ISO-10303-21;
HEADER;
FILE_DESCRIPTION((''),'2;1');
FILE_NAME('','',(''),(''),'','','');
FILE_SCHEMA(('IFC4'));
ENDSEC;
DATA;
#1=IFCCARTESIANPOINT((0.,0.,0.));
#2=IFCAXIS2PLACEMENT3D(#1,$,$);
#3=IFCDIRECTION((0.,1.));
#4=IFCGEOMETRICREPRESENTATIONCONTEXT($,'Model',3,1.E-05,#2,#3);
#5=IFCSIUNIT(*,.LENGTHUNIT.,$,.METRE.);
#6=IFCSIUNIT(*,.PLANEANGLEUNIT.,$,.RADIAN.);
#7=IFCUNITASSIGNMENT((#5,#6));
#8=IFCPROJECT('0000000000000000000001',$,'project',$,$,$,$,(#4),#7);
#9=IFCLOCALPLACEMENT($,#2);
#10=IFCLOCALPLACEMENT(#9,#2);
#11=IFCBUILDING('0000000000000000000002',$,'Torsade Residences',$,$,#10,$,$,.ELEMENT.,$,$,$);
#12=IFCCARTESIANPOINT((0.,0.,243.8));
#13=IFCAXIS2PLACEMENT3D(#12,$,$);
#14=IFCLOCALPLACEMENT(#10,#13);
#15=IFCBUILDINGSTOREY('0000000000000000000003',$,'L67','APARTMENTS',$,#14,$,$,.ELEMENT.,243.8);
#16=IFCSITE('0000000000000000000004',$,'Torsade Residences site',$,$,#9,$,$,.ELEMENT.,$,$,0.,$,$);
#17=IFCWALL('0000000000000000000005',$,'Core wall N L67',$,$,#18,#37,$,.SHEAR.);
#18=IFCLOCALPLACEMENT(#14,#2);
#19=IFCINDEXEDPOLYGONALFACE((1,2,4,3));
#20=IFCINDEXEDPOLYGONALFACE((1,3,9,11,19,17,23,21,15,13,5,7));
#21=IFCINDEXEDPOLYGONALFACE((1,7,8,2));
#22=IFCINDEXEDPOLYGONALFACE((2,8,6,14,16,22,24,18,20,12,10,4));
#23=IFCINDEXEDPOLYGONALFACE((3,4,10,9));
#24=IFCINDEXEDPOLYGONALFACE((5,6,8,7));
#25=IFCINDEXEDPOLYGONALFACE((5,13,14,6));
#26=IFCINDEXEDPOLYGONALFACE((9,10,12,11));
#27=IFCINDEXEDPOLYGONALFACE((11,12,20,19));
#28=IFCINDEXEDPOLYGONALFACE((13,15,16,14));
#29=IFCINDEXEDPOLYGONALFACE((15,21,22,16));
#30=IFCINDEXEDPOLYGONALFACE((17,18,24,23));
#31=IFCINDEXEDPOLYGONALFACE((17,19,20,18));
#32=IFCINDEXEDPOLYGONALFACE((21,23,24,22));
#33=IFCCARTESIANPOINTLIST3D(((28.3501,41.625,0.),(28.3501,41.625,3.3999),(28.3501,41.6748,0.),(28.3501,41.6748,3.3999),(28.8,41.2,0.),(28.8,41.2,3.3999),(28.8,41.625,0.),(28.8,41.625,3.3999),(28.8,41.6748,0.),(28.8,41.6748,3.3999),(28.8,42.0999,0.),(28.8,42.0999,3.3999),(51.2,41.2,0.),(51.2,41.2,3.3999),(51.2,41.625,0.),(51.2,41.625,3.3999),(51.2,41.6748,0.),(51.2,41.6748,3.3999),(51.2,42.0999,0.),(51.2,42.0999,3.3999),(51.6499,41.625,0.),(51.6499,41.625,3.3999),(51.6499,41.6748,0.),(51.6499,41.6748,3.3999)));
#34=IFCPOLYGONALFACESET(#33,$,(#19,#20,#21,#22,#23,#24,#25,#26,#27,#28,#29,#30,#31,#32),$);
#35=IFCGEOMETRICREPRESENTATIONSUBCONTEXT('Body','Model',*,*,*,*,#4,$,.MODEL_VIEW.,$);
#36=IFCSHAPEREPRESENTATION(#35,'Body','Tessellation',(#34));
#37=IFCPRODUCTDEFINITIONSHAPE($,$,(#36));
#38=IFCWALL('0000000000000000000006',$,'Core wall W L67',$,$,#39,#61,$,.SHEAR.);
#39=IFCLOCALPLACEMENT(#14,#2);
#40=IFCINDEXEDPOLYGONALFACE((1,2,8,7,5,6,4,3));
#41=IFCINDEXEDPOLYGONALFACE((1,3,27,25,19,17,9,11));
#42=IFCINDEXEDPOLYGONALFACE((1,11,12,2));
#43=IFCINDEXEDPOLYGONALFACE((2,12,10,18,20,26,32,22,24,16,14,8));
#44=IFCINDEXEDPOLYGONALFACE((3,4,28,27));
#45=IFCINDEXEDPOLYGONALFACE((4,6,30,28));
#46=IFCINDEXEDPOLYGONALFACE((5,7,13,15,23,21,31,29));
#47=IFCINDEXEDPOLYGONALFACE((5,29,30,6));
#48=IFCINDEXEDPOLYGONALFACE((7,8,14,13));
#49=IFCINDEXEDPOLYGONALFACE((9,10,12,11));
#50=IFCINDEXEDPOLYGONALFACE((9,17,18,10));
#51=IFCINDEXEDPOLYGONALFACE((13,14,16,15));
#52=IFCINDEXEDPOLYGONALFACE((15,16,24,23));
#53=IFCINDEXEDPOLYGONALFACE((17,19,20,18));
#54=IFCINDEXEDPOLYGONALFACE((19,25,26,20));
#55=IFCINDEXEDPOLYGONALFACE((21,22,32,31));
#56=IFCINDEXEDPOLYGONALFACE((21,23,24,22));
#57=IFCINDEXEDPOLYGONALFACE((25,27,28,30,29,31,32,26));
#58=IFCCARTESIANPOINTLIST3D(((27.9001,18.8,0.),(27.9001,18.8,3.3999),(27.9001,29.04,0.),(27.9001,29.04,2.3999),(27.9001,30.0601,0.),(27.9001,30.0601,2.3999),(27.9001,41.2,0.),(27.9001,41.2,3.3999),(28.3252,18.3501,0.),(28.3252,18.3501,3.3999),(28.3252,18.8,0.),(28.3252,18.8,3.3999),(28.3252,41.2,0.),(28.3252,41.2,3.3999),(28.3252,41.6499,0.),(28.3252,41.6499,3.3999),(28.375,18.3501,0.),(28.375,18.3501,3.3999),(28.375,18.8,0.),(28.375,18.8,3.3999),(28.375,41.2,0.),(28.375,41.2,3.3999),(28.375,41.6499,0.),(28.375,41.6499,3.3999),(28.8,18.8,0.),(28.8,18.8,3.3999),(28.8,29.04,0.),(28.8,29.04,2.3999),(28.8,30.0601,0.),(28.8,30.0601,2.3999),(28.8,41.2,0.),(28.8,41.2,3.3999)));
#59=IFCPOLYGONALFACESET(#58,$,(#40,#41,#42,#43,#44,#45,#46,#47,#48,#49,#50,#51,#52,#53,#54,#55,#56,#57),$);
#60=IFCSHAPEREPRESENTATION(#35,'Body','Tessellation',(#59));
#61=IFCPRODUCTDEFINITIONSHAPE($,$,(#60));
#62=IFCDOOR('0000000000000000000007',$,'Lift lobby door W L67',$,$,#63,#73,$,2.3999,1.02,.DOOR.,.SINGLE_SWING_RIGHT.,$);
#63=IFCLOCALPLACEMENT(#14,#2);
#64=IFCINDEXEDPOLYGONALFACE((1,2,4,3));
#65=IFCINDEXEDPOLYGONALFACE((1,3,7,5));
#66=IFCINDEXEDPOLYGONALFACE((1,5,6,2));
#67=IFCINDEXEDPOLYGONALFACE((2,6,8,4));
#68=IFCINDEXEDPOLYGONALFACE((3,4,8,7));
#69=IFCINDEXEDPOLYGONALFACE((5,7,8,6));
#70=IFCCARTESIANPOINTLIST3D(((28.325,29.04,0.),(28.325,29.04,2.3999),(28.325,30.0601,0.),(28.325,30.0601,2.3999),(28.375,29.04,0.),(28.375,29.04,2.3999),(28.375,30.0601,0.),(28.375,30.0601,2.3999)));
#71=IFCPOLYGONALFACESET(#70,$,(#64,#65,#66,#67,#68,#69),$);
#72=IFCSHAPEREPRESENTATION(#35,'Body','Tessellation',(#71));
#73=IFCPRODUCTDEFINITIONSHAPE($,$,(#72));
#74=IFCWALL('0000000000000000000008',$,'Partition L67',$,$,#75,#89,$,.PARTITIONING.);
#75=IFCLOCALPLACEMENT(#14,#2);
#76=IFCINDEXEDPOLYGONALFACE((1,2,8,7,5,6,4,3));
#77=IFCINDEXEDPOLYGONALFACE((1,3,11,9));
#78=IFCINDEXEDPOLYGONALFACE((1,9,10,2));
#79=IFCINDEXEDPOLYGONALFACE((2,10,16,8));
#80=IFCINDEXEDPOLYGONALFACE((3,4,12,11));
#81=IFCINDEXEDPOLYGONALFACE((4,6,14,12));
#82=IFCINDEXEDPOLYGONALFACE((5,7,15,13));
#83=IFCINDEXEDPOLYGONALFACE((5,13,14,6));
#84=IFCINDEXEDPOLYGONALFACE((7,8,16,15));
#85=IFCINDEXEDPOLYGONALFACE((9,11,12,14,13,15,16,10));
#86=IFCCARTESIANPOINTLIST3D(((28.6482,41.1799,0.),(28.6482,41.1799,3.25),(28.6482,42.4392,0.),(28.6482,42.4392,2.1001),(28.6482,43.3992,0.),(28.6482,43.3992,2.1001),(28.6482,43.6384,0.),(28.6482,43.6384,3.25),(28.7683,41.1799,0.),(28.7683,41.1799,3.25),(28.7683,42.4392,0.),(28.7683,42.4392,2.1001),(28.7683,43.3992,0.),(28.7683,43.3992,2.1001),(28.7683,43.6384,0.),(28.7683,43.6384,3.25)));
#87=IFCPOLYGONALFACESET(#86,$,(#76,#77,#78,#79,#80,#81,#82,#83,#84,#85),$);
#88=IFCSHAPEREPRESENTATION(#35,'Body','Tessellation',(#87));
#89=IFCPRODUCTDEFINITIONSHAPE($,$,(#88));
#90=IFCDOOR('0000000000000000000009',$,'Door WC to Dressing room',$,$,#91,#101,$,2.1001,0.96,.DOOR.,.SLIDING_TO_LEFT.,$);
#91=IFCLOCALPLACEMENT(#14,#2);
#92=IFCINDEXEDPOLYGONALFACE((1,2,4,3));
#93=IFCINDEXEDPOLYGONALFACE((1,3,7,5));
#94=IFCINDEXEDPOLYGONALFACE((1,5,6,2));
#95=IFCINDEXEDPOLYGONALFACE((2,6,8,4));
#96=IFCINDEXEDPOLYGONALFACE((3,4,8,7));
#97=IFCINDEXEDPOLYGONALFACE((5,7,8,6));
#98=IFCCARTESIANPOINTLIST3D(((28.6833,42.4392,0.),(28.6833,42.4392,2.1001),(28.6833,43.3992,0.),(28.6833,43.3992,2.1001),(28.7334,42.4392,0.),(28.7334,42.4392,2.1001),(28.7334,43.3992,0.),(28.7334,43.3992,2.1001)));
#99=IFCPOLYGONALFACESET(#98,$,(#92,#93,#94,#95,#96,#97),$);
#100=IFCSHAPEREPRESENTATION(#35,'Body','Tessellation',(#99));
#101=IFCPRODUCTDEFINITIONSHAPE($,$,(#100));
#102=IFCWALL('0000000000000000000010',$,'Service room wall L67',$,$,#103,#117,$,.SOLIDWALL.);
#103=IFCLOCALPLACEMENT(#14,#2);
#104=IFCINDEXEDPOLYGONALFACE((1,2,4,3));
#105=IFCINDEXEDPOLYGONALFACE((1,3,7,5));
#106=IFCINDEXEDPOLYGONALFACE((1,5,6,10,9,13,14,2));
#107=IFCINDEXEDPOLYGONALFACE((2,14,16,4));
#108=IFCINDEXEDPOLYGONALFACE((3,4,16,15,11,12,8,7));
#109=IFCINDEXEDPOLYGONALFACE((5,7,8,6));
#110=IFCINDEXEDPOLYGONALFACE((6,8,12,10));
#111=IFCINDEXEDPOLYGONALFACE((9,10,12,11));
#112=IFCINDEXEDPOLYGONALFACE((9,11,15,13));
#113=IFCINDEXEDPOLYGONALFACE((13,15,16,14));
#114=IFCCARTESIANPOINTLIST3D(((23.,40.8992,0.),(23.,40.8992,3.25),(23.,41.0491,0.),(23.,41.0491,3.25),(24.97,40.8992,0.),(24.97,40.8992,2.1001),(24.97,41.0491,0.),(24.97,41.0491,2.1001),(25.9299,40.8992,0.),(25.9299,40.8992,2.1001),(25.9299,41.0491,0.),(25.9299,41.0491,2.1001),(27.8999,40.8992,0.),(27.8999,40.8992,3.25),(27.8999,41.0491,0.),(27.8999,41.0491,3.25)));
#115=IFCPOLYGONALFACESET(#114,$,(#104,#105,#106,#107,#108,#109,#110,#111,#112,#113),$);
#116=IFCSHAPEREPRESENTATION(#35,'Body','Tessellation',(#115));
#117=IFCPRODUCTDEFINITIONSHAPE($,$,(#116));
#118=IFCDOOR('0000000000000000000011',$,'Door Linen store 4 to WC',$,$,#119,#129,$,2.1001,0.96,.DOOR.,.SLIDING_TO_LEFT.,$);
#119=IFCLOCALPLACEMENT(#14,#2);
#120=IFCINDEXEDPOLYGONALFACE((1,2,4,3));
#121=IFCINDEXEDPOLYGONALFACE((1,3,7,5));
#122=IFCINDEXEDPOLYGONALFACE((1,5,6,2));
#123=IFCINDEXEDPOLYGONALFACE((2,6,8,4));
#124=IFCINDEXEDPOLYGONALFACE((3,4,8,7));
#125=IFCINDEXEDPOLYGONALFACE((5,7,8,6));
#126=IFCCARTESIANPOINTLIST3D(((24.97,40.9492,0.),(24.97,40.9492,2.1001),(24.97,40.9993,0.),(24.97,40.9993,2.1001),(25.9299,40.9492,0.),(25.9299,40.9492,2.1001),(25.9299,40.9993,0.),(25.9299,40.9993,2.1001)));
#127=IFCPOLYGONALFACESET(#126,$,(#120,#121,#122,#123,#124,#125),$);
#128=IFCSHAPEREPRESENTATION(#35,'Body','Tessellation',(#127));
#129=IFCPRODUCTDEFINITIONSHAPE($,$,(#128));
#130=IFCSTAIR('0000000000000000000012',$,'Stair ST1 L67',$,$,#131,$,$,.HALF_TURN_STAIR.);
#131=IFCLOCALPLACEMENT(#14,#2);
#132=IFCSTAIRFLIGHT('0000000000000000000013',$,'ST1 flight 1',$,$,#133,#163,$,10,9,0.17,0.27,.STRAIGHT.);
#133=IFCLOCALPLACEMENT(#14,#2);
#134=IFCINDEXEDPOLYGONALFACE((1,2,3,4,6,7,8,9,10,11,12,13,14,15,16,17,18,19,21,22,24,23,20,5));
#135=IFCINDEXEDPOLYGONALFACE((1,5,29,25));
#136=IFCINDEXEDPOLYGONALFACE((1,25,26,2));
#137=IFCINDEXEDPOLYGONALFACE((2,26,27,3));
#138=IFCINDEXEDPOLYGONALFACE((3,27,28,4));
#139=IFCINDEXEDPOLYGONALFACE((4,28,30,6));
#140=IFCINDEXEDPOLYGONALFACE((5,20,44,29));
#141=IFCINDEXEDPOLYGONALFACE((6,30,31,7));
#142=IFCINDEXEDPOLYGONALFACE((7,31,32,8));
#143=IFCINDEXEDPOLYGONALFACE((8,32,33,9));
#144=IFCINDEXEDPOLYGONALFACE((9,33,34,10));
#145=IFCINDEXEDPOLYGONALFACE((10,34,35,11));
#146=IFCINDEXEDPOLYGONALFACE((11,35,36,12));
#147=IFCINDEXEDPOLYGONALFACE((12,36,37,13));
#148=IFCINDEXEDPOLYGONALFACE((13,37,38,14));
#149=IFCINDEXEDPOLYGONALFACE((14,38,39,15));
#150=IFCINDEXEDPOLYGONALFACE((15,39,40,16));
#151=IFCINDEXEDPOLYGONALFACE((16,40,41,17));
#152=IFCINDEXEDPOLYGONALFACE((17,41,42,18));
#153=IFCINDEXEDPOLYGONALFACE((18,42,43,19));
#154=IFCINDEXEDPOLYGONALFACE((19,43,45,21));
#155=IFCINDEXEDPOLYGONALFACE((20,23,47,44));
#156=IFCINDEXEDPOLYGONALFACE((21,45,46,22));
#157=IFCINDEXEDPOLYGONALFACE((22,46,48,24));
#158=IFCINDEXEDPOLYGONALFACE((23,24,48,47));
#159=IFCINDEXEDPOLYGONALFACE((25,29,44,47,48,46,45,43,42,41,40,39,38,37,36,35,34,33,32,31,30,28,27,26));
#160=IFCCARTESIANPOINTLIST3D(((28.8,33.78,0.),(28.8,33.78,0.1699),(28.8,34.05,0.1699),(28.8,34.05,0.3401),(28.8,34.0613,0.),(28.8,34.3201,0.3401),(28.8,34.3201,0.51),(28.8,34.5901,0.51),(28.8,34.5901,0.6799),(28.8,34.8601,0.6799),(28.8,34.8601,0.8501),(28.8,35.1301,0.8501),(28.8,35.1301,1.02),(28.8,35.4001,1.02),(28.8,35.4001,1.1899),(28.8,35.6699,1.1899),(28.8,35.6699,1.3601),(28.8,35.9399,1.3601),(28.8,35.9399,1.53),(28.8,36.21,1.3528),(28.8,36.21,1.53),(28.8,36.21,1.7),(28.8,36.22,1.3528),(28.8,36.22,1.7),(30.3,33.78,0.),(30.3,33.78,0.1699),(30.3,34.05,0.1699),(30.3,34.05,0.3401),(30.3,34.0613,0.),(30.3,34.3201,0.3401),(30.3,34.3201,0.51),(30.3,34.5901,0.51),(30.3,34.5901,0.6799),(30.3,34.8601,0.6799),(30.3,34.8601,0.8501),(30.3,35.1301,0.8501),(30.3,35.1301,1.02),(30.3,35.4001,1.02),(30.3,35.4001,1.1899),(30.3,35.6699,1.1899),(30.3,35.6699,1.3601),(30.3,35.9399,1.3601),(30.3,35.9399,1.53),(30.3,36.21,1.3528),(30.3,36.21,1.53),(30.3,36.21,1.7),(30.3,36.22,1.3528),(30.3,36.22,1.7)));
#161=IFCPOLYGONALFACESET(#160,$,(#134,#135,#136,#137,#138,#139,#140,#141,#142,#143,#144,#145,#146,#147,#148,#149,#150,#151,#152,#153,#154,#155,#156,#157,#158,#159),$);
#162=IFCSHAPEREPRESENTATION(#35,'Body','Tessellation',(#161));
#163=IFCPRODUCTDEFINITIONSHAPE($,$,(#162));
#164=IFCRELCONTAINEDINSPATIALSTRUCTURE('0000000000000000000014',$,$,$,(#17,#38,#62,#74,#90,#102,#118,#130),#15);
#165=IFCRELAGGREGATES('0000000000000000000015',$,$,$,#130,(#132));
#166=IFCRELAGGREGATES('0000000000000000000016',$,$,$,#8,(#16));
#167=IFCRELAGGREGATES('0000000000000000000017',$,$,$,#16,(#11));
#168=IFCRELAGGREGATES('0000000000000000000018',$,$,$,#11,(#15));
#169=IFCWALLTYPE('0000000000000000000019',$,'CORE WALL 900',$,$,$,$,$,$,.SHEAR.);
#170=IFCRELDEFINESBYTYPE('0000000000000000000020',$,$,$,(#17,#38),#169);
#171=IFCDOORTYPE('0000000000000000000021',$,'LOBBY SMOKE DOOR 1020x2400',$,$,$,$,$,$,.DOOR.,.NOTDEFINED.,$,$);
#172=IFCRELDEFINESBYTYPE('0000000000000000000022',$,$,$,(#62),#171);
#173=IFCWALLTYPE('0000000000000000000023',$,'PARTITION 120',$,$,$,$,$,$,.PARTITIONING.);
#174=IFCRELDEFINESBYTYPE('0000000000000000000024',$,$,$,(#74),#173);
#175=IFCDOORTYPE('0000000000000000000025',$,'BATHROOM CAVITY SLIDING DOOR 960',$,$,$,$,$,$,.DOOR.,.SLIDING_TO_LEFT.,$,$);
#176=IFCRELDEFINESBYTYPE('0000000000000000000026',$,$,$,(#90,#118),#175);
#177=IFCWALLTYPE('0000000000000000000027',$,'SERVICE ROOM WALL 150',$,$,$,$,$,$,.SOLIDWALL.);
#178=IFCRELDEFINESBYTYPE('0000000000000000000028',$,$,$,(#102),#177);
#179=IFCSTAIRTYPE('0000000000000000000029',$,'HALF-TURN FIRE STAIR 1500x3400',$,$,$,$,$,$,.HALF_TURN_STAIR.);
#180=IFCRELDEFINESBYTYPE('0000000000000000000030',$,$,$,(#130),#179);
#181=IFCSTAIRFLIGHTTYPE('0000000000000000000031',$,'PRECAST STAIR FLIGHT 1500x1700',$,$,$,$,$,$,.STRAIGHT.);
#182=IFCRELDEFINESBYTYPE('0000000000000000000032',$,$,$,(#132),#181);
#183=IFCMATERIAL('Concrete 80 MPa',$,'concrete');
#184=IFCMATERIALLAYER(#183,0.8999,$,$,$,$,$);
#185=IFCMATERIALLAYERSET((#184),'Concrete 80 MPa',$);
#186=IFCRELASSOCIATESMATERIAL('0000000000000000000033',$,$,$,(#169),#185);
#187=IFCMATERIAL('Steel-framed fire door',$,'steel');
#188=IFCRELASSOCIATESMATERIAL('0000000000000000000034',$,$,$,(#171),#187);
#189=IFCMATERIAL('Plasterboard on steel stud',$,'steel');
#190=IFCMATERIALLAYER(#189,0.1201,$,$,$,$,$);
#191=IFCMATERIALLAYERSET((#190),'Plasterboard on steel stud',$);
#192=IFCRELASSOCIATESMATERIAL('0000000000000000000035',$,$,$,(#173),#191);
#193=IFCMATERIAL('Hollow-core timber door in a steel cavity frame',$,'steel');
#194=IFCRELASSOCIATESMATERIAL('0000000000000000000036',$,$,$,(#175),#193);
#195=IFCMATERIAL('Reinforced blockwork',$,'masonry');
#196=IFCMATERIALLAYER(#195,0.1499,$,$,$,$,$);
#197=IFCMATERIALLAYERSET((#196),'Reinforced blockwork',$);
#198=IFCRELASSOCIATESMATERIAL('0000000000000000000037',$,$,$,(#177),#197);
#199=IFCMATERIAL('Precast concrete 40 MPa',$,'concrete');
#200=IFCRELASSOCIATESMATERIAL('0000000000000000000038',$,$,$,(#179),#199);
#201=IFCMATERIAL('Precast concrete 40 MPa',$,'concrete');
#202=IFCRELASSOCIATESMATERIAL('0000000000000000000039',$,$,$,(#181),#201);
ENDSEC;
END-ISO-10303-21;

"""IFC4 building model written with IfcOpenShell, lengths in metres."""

from ifc_helpers import new_model, si_unit, direction, frame, frame_2d, origin, place, context, subcontext, project, spatial, polyline, rectangle, outline, extrude, material, layer, layer_set, type_object, element, fill, aggregate, save


model = new_model("IFC4")

# Units and contexts
model_context = context("Model", 3, precision=1e-05, world=origin(), true_north=direction((0.0, 1.0)))
body_context = subcontext(model_context, "Body", "Model", "MODEL_VIEW")
ifc_project = project(units=[si_unit("LENGTHUNIT", "METRE"), si_unit("PLANEANGLEUNIT", "RADIAN")], contexts=[model_context])

# Site, building, storey
site_placement = place(None, origin())
site = spatial("IfcSite", under=ifc_project, at=site_placement, Name="Torsade Residences site", CompositionType="ELEMENT", RefElevation=0.0)
building_placement = place(site_placement, origin())
building = spatial("IfcBuilding", under=site, at=building_placement, Name="Torsade Residences", CompositionType="ELEMENT")
storey_placement = place(building_placement, frame((0.0, 0.0, 243.8)))
storey = spatial("IfcBuildingStorey", under=building, at=storey_placement, Name="L67", Description="APARTMENTS", CompositionType="ELEMENT", Elevation=243.8)

# Wall
ifc_material_1 = material(Name="Concrete 80 MPa", Category="concrete")
ifc_layer_1 = layer(ifc_material_1, 0.8999)
ifc_layer_set_1 = layer_set([ifc_layer_1], Name="Concrete 80 MPa")
wall_type_1 = type_object("IfcWallType", Name="CORE WALL 900", PredefinedType="SHEAR", material=ifc_layer_set_1)
wall_1_placement = place(storey_placement, frame((28.8, 41.6499, 0.0), z_axis=(0.0, 0.0, 1.0), x_axis=(1.0, 0.0, 0.0)))
element("IfcWall", 1, at=wall_1_placement, inside=storey, type_object=wall_type_1, Name="Core wall N L67", PredefinedType="SHEAR", context=body_context, shape_type="SweptSolid", body=[
    extrude(outline(polyline([(0.0, -0.45), (22.3999, -0.45), (22.3999, -0.0249), (22.8499, -0.0249), (22.8499, 0.0249), (22.3999, 0.0249), (22.3999, 0.45), (0.0, 0.45), (0.0, 0.0249), (-0.45, 0.0249), (-0.45, -0.0249), (0.0, -0.0249), (0.0, -0.45)])), origin(), (0.0, 0.0, 1.0), 3.3999),
])

# Walls, openings, doors
wall_2_placement = place(storey_placement, frame((28.3501, 41.2, 0.0), z_axis=(0.0, 0.0, 1.0), x_axis=(0.0, -1.0, 0.0)))
wall_2 = element("IfcWall", 2, at=wall_2_placement, inside=storey, type_object=wall_type_1, Name="Core wall W L67", PredefinedType="SHEAR", context=body_context, shape_type="SweptSolid", body=[
    extrude(outline(polyline([(0.0, -0.45), (22.3999, -0.45), (22.3999, -0.0249), (22.8499, -0.0249), (22.8499, 0.0249), (22.3999, 0.0249), (22.3999, 0.45), (0.0, 0.45), (0.0, 0.0249), (-0.45, 0.0249), (-0.45, -0.0249), (0.0, -0.0249), (0.0, -0.45)])), origin(), (0.0, 0.0, 1.0), 3.3999),
])
opening_1_placement = place(wall_2_placement, frame((11.1399, 0.0, 0.0)))
opening_1 = element("IfcOpeningElement", 3, at=opening_1_placement, cuts=wall_2, PredefinedType="OPENING", context=body_context, shape_type="SweptSolid", body=[
    extrude(rectangle(XDim=1.02, YDim=2.3999, at=frame_2d((0.51, 1.2))), frame((0.0, 0.46, 0.0), z_axis=(0.0, -1.0, 0.0), x_axis=(1.0, 0.0, 0.0)), (0.0, 0.0, 1.0), 0.9199),
])
ifc_material_2 = material(Name="Steel-framed fire door", Category="steel")
door_type_1 = type_object("IfcDoorType", Name="LOBBY SMOKE DOOR 1020x2400", OperationType="NOTDEFINED", PredefinedType="DOOR", material=ifc_material_2)
door_1_placement = place(opening_1_placement, origin())
door_1 = element("IfcDoor", 4, at=door_1_placement, inside=storey, type_object=door_type_1, Name="Lift lobby door W L67", OperationType="SINGLE_SWING_RIGHT", OverallHeight=2.3999, OverallWidth=1.02, PredefinedType="DOOR", context=body_context, shape_type="SweptSolid", body=[
    extrude(rectangle(XDim=1.02, YDim=2.3999, at=frame_2d((0.51, 1.2))), frame((0.0, 0.0249, 0.0), z_axis=(0.0, -1.0, 0.0), x_axis=(1.0, 0.0, 0.0)), (0.0, 0.0, 1.0), 0.05),
])
fill(opening_1, door_1)
ifc_material_3 = material(Name="Plasterboard on steel stud", Category="steel")
ifc_layer_2 = layer(ifc_material_3, 0.1201)
ifc_layer_set_2 = layer_set([ifc_layer_2], Name="Plasterboard on steel stud")
wall_type_2 = type_object("IfcWallType", Name="PARTITION 120", PredefinedType="PARTITIONING", material=ifc_layer_set_2)
wall_3_placement = place(storey_placement, frame((28.7083, 41.1799, 0.0), z_axis=(0.0, 0.0, 1.0), x_axis=(0.0, 1.0, 0.0)))
wall_3 = element("IfcWall", 5, at=wall_3_placement, inside=storey, type_object=wall_type_2, Name="Partition L67", PredefinedType="PARTITIONING", context=body_context, shape_type="SweptSolid", body=[
    extrude(rectangle(XDim=2.4585, YDim=0.1201, at=frame_2d((1.2292, 0.0))), origin(), (0.0, 0.0, 1.0), 3.25),
])
opening_2_placement = place(wall_3_placement, frame((1.2593, 0.0, 0.0)))
opening_2 = element("IfcOpeningElement", 6, at=opening_2_placement, cuts=wall_3, PredefinedType="OPENING", context=body_context, shape_type="SweptSolid", body=[
    extrude(rectangle(XDim=0.96, YDim=2.1001, at=frame_2d((0.48, 1.05))), frame((0.0, 0.0701, 0.0), z_axis=(0.0, -1.0, 0.0), x_axis=(1.0, 0.0, 0.0)), (0.0, 0.0, 1.0), 0.1401),
])
ifc_material_4 = material(Name="Hollow-core timber door in a steel cavity frame", Category="steel")
door_type_2 = type_object("IfcDoorType", Name="BATHROOM CAVITY SLIDING DOOR 960", OperationType="SLIDING_TO_LEFT", PredefinedType="DOOR", material=ifc_material_4)
door_2_placement = place(opening_2_placement, origin())
door_2 = element("IfcDoor", 7, at=door_2_placement, inside=storey, type_object=door_type_2, Name="Door WC to Dressing room", OperationType="SLIDING_TO_LEFT", OverallHeight=2.1001, OverallWidth=0.96, PredefinedType="DOOR", context=body_context, shape_type="SweptSolid", body=[
    extrude(rectangle(XDim=0.96, YDim=2.1001, at=frame_2d((0.48, 1.05))), frame((0.0, 0.0249, 0.0), z_axis=(0.0, -1.0, 0.0), x_axis=(1.0, 0.0, 0.0)), (0.0, 0.0, 1.0), 0.05),
])
fill(opening_2, door_2)
ifc_material_5 = material(Name="Reinforced blockwork", Category="masonry")
ifc_layer_3 = layer(ifc_material_5, 0.1499)
ifc_layer_set_3 = layer_set([ifc_layer_3], Name="Reinforced blockwork")
wall_type_3 = type_object("IfcWallType", Name="SERVICE ROOM WALL 150", PredefinedType="SOLIDWALL", material=ifc_layer_set_3)
wall_4_placement = place(storey_placement, frame((27.8999, 40.9741, 0.0), z_axis=(0.0, 0.0, 1.0), x_axis=(-1.0, 0.0, 0.0)))
wall_4 = element("IfcWall", 8, at=wall_4_placement, inside=storey, type_object=wall_type_3, Name="Service room wall L67", PredefinedType="SOLIDWALL", context=body_context, shape_type="SweptSolid", body=[
    extrude(rectangle(XDim=4.8999, YDim=0.1499, at=frame_2d((2.45, 0.0))), origin(), (0.0, 0.0, 1.0), 3.25),
])
opening_3_placement = place(wall_4_placement, frame((1.97, 0.0, 0.0)))
opening_3 = element("IfcOpeningElement", 9, at=opening_3_placement, cuts=wall_4, PredefinedType="OPENING", context=body_context, shape_type="SweptSolid", body=[
    extrude(rectangle(XDim=0.96, YDim=2.1001, at=frame_2d((0.48, 1.05))), frame((0.0, 0.085, 0.0), z_axis=(0.0, -1.0, 0.0), x_axis=(1.0, 0.0, 0.0)), (0.0, 0.0, 1.0), 0.1699),
])
door_3_placement = place(opening_3_placement, origin())
door_3 = element("IfcDoor", 10, at=door_3_placement, inside=storey, type_object=door_type_2, Name="Door Linen store 4 to WC", OperationType="SLIDING_TO_LEFT", OverallHeight=2.1001, OverallWidth=0.96, PredefinedType="DOOR", context=body_context, shape_type="SweptSolid", body=[
    extrude(rectangle(XDim=0.96, YDim=2.1001, at=frame_2d((0.48, 1.05))), frame((0.0, 0.0249, 0.0), z_axis=(0.0, -1.0, 0.0), x_axis=(1.0, 0.0, 0.0)), (0.0, 0.0, 1.0), 0.05),
])
fill(opening_3, door_3)

# Stair, stair flight
ifc_material_6 = material(Name="Precast concrete 40 MPa", Category="concrete")
stair_type = type_object("IfcStairType", Name="HALF-TURN FIRE STAIR 1500x3400", PredefinedType="HALF_TURN_STAIR", material=ifc_material_6)
stair_placement = place(storey_placement, origin())
stair = element("IfcStair", 11, at=stair_placement, inside=storey, type_object=stair_type, Name="Stair ST1 L67", PredefinedType="HALF_TURN_STAIR")
ifc_material_7 = material(Name="Precast concrete 40 MPa", Category="concrete")
stair_flight_type = type_object("IfcStairFlightType", Name="PRECAST STAIR FLIGHT 1500x1700", PredefinedType="STRAIGHT", material=ifc_material_7)
stair_flight_placement = place(storey_placement, frame((29.55, 33.78, 0.0), z_axis=(0.0, 0.0, 1.0), x_axis=(0.0, 1.0, 0.0)))
stair_flight = element("IfcStairFlight", 12, at=stair_flight_placement, type_object=stair_flight_type, Name="ST1 flight 1", NumberOfRisers=10, NumberOfTreads=9, PredefinedType="STRAIGHT", RiserHeight=0.17, TreadLength=0.27, context=body_context, shape_type="SweptSolid", body=[
    extrude(outline(polyline([(0.0, 0.0), (0.0, 0.1699), (0.27, 0.1699), (0.27, 0.3401), (0.54, 0.3401), (0.54, 0.51), (0.8101, 0.51), (0.8101, 0.6799), (1.0801, 0.6799), (1.0801, 0.8501), (1.3501, 0.8501), (1.3501, 1.02), (1.6201, 1.02), (1.6201, 1.1899), (1.8899, 1.1899), (1.8899, 1.3601), (2.1599, 1.3601), (2.1599, 1.53), (2.4299, 1.53), (2.4299, 1.7), (2.4399, 1.7), (2.4399, 1.3528), (2.4299, 1.3528), (0.2812, 0.0), (0.0, 0.0)])), frame((0.0, 0.75, 0.0), z_axis=(0.0, -1.0, 0.0), x_axis=(1.0, 0.0, 0.0)), (0.0, 0.0, 1.0), 1.5),
])
aggregate(stair, [stair_flight])

save(model, "model.ifc")
